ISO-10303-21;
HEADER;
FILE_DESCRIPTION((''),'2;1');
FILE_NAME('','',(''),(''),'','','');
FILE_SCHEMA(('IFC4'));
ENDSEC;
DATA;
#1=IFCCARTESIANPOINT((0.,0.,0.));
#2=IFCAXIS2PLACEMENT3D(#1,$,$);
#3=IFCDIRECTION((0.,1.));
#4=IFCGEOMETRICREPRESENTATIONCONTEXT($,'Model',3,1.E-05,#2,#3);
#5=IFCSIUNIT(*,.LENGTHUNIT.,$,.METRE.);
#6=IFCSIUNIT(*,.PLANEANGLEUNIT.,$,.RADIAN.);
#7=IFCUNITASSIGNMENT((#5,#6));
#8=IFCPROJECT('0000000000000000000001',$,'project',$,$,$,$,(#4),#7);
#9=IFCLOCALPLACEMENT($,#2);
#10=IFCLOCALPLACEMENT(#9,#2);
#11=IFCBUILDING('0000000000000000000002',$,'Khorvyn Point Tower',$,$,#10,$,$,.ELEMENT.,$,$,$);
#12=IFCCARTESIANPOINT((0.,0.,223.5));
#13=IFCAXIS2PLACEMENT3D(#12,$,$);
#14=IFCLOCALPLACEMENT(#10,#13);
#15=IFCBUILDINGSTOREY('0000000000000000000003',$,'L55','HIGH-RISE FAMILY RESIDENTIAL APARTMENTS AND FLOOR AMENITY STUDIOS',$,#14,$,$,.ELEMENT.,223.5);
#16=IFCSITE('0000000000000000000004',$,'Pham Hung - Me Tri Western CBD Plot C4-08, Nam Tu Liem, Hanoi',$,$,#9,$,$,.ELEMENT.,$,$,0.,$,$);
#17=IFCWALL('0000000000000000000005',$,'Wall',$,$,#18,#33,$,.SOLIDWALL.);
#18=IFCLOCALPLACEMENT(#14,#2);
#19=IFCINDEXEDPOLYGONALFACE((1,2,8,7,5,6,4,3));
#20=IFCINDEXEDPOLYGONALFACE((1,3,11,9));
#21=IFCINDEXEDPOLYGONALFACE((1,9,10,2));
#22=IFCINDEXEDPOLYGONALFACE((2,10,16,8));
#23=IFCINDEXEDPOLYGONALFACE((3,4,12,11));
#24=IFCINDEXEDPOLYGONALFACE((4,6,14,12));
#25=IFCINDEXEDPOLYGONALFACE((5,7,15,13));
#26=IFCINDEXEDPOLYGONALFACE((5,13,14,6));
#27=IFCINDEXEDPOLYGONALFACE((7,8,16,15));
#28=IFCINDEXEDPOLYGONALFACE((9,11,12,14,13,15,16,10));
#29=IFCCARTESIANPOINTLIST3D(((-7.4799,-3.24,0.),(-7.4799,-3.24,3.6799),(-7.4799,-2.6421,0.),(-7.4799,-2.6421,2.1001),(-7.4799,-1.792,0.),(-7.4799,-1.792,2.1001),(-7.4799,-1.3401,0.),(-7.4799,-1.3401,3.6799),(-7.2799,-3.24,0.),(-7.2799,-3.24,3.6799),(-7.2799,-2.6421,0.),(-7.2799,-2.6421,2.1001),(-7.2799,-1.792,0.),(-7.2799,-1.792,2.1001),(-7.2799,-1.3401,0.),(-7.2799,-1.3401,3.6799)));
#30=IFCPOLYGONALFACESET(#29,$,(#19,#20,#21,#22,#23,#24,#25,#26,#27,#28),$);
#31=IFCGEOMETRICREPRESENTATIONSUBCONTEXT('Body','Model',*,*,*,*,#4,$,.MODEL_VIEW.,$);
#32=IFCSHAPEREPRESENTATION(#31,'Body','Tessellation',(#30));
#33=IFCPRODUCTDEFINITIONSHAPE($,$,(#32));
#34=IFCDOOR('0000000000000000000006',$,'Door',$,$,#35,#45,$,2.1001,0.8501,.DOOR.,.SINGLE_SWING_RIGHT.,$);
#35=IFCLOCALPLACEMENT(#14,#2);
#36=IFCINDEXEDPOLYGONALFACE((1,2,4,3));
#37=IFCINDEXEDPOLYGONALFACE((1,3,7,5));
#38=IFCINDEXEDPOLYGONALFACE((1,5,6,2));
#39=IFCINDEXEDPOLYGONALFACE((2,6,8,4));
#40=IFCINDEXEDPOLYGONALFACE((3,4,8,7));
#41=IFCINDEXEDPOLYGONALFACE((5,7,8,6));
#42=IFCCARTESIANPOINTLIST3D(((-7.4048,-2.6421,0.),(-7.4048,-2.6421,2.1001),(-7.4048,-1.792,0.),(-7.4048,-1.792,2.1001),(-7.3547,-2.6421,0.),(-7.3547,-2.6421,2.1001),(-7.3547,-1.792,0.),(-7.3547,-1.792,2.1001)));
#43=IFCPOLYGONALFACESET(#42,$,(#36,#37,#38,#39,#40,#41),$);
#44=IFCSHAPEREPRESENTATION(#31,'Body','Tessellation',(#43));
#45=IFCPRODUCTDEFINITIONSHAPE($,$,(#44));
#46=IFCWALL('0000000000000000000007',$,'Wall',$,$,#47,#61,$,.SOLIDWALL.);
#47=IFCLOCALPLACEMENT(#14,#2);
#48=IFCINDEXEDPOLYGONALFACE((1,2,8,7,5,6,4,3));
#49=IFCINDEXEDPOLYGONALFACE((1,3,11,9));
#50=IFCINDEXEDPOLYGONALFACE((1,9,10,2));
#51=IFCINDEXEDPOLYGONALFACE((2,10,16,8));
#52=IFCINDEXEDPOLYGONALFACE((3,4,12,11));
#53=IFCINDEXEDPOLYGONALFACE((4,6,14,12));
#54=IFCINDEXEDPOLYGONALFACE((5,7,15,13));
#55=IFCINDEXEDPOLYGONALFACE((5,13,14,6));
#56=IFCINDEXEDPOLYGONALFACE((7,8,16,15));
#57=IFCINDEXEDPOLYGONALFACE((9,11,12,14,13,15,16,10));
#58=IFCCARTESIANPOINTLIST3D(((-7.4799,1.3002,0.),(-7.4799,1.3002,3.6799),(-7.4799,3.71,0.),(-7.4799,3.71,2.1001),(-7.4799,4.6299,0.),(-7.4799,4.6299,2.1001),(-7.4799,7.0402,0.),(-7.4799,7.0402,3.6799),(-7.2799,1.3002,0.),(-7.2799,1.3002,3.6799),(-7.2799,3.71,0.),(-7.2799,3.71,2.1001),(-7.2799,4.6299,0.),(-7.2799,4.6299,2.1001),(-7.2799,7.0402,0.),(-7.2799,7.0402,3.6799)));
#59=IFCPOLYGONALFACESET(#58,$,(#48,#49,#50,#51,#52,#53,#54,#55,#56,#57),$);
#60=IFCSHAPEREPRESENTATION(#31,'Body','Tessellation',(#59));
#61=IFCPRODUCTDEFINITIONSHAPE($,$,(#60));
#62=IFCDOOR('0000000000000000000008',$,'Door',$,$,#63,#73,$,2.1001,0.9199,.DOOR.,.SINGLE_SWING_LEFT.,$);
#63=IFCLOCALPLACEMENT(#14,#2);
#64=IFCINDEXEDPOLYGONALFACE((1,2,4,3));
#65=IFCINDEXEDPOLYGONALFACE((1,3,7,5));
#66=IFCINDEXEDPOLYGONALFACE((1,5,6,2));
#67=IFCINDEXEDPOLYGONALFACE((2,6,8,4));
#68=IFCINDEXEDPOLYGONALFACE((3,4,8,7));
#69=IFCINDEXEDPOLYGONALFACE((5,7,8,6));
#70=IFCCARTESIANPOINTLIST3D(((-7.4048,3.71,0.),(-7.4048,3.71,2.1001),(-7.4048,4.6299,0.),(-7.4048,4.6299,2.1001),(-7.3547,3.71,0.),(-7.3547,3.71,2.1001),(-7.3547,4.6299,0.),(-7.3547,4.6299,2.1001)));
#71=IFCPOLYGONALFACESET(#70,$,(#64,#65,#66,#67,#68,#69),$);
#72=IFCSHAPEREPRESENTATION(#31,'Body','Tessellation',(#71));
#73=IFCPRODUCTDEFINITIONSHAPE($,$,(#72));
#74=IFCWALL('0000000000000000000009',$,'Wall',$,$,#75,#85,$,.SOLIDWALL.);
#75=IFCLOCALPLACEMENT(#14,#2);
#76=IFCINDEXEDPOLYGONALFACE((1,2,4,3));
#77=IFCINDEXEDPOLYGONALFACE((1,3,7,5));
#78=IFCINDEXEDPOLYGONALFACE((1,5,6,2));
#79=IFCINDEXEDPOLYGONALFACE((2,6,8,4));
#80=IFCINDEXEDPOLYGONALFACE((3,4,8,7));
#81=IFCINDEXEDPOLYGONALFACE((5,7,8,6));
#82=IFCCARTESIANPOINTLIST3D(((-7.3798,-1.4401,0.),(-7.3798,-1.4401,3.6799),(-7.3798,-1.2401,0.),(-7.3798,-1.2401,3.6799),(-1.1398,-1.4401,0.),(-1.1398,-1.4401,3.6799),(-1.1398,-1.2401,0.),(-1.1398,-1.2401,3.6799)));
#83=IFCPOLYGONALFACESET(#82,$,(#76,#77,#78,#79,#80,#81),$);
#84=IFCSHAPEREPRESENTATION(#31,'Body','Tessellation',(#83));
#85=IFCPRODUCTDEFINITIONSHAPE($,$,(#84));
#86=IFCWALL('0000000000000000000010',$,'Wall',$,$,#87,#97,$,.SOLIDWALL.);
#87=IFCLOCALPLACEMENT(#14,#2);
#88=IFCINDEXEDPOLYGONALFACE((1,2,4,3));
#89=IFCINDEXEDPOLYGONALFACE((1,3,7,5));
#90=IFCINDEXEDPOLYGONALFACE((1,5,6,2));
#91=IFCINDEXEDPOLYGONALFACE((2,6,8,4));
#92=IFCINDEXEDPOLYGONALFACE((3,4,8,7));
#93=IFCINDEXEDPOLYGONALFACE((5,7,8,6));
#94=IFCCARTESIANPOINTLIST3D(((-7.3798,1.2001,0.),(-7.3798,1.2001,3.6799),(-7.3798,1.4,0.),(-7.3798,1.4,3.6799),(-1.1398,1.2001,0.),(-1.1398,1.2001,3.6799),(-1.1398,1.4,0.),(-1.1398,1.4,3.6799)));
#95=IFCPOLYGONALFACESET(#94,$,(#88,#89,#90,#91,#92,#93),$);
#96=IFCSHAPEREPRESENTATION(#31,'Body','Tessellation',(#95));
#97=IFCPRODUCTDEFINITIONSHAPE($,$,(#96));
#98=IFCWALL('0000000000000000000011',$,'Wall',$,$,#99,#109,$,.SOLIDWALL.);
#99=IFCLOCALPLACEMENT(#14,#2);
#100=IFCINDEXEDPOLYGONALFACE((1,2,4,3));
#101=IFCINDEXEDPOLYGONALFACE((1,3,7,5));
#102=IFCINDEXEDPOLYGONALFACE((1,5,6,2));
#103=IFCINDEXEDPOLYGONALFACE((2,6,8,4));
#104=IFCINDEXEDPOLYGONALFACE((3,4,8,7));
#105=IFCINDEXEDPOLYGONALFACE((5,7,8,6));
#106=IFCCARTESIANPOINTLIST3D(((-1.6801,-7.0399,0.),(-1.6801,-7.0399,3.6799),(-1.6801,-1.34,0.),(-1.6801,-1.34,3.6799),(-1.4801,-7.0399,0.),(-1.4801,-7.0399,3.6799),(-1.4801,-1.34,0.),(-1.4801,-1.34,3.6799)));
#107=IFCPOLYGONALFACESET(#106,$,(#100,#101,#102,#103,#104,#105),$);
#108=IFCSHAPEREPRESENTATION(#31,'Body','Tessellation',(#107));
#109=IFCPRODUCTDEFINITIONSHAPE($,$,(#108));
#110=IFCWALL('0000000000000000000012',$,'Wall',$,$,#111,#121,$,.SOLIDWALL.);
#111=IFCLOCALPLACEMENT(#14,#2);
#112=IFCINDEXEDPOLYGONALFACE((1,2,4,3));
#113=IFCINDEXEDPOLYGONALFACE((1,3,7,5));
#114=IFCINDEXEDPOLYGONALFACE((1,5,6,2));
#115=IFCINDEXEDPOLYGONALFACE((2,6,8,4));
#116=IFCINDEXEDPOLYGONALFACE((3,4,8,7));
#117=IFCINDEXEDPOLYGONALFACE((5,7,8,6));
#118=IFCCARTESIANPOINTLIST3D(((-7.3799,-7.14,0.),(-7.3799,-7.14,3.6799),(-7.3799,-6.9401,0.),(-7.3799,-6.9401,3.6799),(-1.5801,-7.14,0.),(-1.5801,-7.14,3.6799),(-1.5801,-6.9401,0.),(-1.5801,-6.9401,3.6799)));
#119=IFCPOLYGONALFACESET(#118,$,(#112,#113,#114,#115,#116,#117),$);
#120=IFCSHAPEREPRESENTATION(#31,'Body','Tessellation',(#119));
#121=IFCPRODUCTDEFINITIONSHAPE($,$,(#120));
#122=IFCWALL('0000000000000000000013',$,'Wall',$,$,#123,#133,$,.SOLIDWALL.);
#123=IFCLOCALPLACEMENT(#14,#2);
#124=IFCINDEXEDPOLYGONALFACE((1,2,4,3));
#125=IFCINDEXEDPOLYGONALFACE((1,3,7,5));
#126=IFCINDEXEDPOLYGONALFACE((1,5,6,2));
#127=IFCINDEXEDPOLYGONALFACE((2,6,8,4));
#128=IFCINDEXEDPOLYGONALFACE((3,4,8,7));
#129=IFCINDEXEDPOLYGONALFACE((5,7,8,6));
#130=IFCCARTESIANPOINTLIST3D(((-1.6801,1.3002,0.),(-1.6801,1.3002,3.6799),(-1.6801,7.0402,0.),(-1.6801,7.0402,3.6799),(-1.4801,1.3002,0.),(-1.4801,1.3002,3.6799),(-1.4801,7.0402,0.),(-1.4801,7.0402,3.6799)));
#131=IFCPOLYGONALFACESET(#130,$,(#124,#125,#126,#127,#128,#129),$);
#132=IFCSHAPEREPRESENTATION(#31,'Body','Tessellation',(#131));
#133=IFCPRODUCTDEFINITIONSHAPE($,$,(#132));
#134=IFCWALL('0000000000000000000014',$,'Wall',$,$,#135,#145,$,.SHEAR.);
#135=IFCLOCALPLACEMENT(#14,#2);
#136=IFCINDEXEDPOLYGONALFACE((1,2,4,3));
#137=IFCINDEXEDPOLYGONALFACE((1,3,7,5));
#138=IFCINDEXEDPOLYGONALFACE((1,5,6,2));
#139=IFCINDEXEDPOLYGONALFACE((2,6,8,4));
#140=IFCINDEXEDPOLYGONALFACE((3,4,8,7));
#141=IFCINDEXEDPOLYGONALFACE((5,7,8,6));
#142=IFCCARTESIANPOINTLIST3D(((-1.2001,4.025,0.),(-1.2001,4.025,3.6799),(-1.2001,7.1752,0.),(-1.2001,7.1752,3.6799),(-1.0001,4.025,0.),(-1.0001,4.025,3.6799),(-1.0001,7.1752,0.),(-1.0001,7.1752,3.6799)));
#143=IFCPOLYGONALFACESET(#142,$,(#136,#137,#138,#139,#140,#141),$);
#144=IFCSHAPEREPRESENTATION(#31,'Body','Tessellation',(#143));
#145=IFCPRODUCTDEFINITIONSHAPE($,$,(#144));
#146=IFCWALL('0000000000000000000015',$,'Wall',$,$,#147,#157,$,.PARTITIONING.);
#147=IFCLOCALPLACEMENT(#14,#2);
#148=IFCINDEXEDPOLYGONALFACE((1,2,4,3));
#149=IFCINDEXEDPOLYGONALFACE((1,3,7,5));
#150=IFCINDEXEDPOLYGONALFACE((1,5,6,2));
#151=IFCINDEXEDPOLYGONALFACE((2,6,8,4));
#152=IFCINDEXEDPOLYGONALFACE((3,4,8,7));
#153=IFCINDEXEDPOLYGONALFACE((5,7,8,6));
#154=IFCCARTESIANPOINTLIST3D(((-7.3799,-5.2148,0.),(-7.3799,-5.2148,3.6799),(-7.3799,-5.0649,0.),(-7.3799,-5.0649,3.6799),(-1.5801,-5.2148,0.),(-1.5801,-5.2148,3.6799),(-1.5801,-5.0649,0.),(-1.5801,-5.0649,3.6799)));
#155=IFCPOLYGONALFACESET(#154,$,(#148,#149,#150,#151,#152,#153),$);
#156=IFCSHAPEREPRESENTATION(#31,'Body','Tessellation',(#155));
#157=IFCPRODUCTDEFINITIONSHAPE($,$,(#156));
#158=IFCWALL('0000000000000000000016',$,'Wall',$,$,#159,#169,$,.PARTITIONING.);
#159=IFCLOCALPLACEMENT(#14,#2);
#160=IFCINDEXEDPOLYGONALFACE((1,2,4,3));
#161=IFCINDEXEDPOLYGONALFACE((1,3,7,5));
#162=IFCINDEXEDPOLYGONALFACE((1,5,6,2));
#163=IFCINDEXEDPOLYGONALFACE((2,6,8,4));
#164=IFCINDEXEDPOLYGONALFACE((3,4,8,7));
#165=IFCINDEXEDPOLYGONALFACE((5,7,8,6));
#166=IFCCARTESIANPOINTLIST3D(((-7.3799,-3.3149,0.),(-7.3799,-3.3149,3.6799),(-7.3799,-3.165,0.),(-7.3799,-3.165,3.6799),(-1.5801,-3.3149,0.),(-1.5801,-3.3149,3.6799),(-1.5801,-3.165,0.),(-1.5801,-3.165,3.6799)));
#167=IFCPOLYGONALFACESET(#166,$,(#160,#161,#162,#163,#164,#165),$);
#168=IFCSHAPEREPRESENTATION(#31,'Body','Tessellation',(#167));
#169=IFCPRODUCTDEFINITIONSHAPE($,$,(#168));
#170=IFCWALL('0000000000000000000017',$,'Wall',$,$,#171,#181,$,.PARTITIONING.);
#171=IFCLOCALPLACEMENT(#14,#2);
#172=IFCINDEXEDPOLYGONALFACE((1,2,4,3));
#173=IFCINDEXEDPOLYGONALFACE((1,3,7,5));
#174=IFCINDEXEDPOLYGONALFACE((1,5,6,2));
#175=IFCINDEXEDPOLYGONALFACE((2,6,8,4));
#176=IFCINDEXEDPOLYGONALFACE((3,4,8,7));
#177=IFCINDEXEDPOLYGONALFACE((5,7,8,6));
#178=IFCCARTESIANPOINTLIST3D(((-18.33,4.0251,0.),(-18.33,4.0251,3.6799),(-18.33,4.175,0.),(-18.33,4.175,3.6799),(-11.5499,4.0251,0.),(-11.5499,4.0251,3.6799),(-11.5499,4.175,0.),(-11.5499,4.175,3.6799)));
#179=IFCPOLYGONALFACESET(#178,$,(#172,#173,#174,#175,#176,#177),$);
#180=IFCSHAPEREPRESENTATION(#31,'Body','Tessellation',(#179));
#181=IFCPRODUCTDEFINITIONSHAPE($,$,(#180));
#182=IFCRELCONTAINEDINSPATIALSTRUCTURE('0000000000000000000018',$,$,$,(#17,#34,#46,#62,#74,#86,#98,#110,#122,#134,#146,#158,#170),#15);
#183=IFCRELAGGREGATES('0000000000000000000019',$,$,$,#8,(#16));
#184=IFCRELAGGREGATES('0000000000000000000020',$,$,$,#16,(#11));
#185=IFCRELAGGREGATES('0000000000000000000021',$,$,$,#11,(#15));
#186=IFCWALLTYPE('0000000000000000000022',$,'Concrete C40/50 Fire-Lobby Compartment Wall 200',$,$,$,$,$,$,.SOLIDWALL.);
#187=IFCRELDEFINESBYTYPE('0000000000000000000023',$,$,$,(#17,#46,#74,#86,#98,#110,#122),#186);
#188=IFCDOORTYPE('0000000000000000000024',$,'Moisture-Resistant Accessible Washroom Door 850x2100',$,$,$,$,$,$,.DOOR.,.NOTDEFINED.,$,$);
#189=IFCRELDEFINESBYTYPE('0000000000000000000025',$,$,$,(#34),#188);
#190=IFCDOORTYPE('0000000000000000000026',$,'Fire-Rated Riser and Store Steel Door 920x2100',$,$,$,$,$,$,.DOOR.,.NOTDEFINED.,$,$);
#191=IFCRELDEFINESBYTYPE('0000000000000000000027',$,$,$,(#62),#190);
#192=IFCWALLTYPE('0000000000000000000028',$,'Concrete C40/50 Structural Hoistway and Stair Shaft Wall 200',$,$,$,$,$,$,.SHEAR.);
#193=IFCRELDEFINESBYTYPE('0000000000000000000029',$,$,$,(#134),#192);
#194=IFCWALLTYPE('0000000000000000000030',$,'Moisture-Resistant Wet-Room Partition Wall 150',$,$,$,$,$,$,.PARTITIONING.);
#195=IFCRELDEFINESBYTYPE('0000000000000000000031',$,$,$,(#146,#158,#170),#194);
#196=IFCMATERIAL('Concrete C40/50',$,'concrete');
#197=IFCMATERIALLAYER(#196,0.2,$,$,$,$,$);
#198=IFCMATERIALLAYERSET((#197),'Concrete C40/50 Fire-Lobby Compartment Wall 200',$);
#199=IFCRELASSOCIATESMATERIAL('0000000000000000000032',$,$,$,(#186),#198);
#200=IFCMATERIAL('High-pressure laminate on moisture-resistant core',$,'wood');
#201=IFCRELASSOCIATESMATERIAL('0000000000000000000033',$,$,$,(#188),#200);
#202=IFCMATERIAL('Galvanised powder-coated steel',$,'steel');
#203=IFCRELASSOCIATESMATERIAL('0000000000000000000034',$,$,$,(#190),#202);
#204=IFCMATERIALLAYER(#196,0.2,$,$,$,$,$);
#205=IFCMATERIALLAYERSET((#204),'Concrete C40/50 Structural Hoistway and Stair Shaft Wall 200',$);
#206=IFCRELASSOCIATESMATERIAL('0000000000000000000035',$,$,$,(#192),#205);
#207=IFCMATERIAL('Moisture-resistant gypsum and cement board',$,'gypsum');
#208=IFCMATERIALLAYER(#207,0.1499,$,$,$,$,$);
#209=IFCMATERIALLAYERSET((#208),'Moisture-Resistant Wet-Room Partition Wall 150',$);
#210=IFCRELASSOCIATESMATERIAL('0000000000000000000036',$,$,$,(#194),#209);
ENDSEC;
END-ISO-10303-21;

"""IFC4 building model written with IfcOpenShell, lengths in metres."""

from ifc_helpers import new_model, si_unit, direction, frame, frame_2d, origin, place, context, subcontext, project, spatial, rectangle, extrude, material, layer, layer_set, type_object, element, fill, save


model = new_model("IFC4")

# Units and contexts
model_context = context("Model", 3, precision=1e-05, world=origin(), true_north=direction((0.0, 1.0)))
body_context = subcontext(model_context, "Body", "Model", "MODEL_VIEW")
ifc_project = project(units=[si_unit("LENGTHUNIT", "METRE"), si_unit("PLANEANGLEUNIT", "RADIAN")], contexts=[model_context])

# Site, building, storey
site_placement = place(None, origin())
site = spatial("IfcSite", under=ifc_project, at=site_placement, Name="Pham Hung - Me Tri Western CBD Plot C4-08, Nam Tu Liem, Hanoi", CompositionType="ELEMENT", RefElevation=0.0)
building_placement = place(site_placement, origin())
building = spatial("IfcBuilding", under=site, at=building_placement, Name="Khorvyn Point Tower", CompositionType="ELEMENT")
storey_placement = place(building_placement, frame((0.0, 0.0, 223.5)))
storey = spatial("IfcBuildingStorey", under=building, at=storey_placement, Name="L55", Description="HIGH-RISE FAMILY RESIDENTIAL APARTMENTS AND FLOOR AMENITY STUDIOS", CompositionType="ELEMENT", Elevation=223.5)

# Shared definitions
ifc_material_1 = material(Name="Concrete C40/50", Category="concrete")

# Walls, openings, doors
ifc_layer_1 = layer(ifc_material_1, 0.2)
ifc_layer_set_1 = layer_set([ifc_layer_1], Name="Concrete C40/50 Fire-Lobby Compartment Wall 200")
wall_type_1 = type_object("IfcWallType", Name="Concrete C40/50 Fire-Lobby Compartment Wall 200", PredefinedType="SOLIDWALL", material=ifc_layer_set_1)
ifc_material_2 = material(Name="High-pressure laminate on moisture-resistant core", Category="wood")
door_type_1 = type_object("IfcDoorType", Name="Moisture-Resistant Accessible Washroom Door 850x2100", OperationType="NOTDEFINED", PredefinedType="DOOR", material=ifc_material_2)
wall_1_placement = place(storey_placement, frame((-7.3799, -3.24, 0.0), z_axis=(0.0, 0.0, 1.0), x_axis=(0.0, 1.0, 0.0)))
wall_1 = element("IfcWall", 1, at=wall_1_placement, inside=storey, type_object=wall_type_1, Name="Wall", PredefinedType="SOLIDWALL", context=body_context, shape_type="SweptSolid", body=[
    extrude(rectangle(XDim=1.8999, YDim=0.2, at=frame_2d((0.95, 0.0))), origin(), (0.0, 0.0, 1.0), 3.6799),
])
opening_1_placement = place(wall_1_placement, frame((0.5979, 0.0, 0.0)))
opening_1 = element("IfcOpeningElement", 2, at=opening_1_placement, cuts=wall_1, PredefinedType="OPENING", context=body_context, shape_type="SweptSolid", body=[
    extrude(rectangle(XDim=0.8501, YDim=2.1001, at=frame_2d((0.425, 1.05))), frame((0.0, 0.1099, 0.0), z_axis=(0.0, -1.0, 0.0), x_axis=(1.0, 0.0, 0.0)), (0.0, 0.0, 1.0), 0.22),
])
door_1_placement = place(opening_1_placement, origin())
door_1 = element("IfcDoor", 3, at=door_1_placement, inside=storey, type_object=door_type_1, Name="Door", OperationType="SINGLE_SWING_RIGHT", OverallHeight=2.1001, OverallWidth=0.8501, PredefinedType="DOOR", context=body_context, shape_type="SweptSolid", body=[
    extrude(rectangle(XDim=0.8501, YDim=2.1001, at=frame_2d((0.425, 1.05))), frame((0.0, 0.0249, 0.0), z_axis=(0.0, -1.0, 0.0), x_axis=(1.0, 0.0, 0.0)), (0.0, 0.0, 1.0), 0.05),
])
fill(opening_1, door_1)
wall_2_placement = place(storey_placement, frame((-7.3799, 1.3, 0.0), z_axis=(0.0, 0.0, 1.0), x_axis=(0.0, 1.0, 0.0)))
wall_2 = element("IfcWall", 4, at=wall_2_placement, inside=storey, type_object=wall_type_1, Name="Wall", PredefinedType="SOLIDWALL", context=body_context, shape_type="SweptSolid", body=[
    extrude(rectangle(XDim=5.74, YDim=0.2, at=frame_2d((2.8701, 0.0))), origin(), (0.0, 0.0, 1.0), 3.6799),
])
opening_2_placement = place(wall_2_placement, frame((2.4099, 0.0, 0.0)))
opening_2 = element("IfcOpeningElement", 5, at=opening_2_placement, cuts=wall_2, PredefinedType="OPENING", context=body_context, shape_type="SweptSolid", body=[
    extrude(rectangle(XDim=0.9199, YDim=2.1001, at=frame_2d((0.46, 1.05))), frame((0.0, 0.1099, 0.0), z_axis=(0.0, -1.0, 0.0), x_axis=(1.0, 0.0, 0.0)), (0.0, 0.0, 1.0), 0.22),
])
ifc_material_3 = material(Name="Galvanised powder-coated steel", Category="steel")
door_type_2 = type_object("IfcDoorType", Name="Fire-Rated Riser and Store Steel Door 920x2100", OperationType="NOTDEFINED", PredefinedType="DOOR", material=ifc_material_3)
door_2_placement = place(opening_2_placement, origin())
door_2 = element("IfcDoor", 6, at=door_2_placement, inside=storey, type_object=door_type_2, Name="Door", OperationType="SINGLE_SWING_LEFT", OverallHeight=2.1001, OverallWidth=0.9199, PredefinedType="DOOR", context=body_context, shape_type="SweptSolid", body=[
    extrude(rectangle(XDim=0.9199, YDim=2.1001, at=frame_2d((0.46, 1.05))), frame((0.0, 0.0249, 0.0), z_axis=(0.0, -1.0, 0.0), x_axis=(1.0, 0.0, 0.0)), (0.0, 0.0, 1.0), 0.05),
])
fill(opening_2, door_2)

# Walls
for number, where, z_axis, x_axis, name in (
    (7, (-7.3799, -1.3401, 0.0), (0.0, 0.0, 1.0), (1.0, 0.0, 0.0), "Wall"),
    (8, (-7.3799, 1.3, 0.0), (0.0, 0.0, 1.0), (1.0, 0.0, 0.0), "Wall"),
):
    element("IfcWall", number, at=place(storey_placement, frame(where, z_axis=z_axis, x_axis=x_axis)), inside=storey, type_object=wall_type_1, Name=name, PredefinedType="SOLIDWALL", context=body_context, shape_type="SweptSolid", body=[
        extrude(rectangle(XDim=6.24, YDim=0.2, at=frame_2d((3.1201, 0.0))), origin(), (0.0, 0.0, 1.0), 3.6799),
    ])
wall_3_placement = place(storey_placement, frame((-1.5801, -7.04, 0.0), z_axis=(0.0, 0.0, 1.0), x_axis=(0.0, 1.0, 0.0)))
element("IfcWall", 9, at=wall_3_placement, inside=storey, type_object=wall_type_1, Name="Wall", PredefinedType="SOLIDWALL", context=body_context, shape_type="SweptSolid", body=[
    extrude(rectangle(XDim=5.7, YDim=0.2, at=frame_2d((2.8501, 0.0))), origin(), (0.0, 0.0, 1.0), 3.6799),
])
wall_4_placement = place(storey_placement, frame((-7.3799, -7.04, 0.0), z_axis=(0.0, 0.0, 1.0), x_axis=(1.0, 0.0, 0.0)))
element("IfcWall", 10, at=wall_4_placement, inside=storey, type_object=wall_type_1, Name="Wall", PredefinedType="SOLIDWALL", context=body_context, shape_type="SweptSolid", body=[
    extrude(rectangle(XDim=5.7998, YDim=0.2, at=frame_2d((2.8999, 0.0))), origin(), (0.0, 0.0, 1.0), 3.6799),
])
wall_5_placement = place(storey_placement, frame((-1.5801, 1.3, 0.0), z_axis=(0.0, 0.0, 1.0), x_axis=(0.0, 1.0, 0.0)))
element("IfcWall", 11, at=wall_5_placement, inside=storey, type_object=wall_type_1, Name="Wall", PredefinedType="SOLIDWALL", context=body_context, shape_type="SweptSolid", body=[
    extrude(rectangle(XDim=5.74, YDim=0.2, at=frame_2d((2.8701, 0.0))), origin(), (0.0, 0.0, 1.0), 3.6799),
])
ifc_layer_2 = layer(ifc_material_1, 0.2)
ifc_layer_set_2 = layer_set([ifc_layer_2], Name="Concrete C40/50 Structural Hoistway and Stair Shaft Wall 200")
wall_type_2 = type_object("IfcWallType", Name="Concrete C40/50 Structural Hoistway and Stair Shaft Wall 200", PredefinedType="SHEAR", material=ifc_layer_set_2)
wall_6_placement = place(storey_placement, frame((-1.1001, 4.0249, 0.0), z_axis=(0.0, 0.0, 1.0), x_axis=(0.0, 1.0, 0.0)))
element("IfcWall", 12, at=wall_6_placement, inside=storey, type_object=wall_type_2, Name="Wall", PredefinedType="SHEAR", context=body_context, shape_type="SweptSolid", body=[
    extrude(rectangle(XDim=3.1501, YDim=0.2, at=frame_2d((1.5752, 0.0))), origin(), (0.0, 0.0, 1.0), 3.6799),
])
ifc_material_4 = material(Name="Moisture-resistant gypsum and cement board", Category="gypsum")
ifc_layer_3 = layer(ifc_material_4, 0.1499)
ifc_layer_set_3 = layer_set([ifc_layer_3], Name="Moisture-Resistant Wet-Room Partition Wall 150")
wall_type_3 = type_object("IfcWallType", Name="Moisture-Resistant Wet-Room Partition Wall 150", PredefinedType="PARTITIONING", material=ifc_layer_set_3)
for number, where, z_axis, x_axis, name in (
    (13, (-7.3799, -5.1399, 0.0), (0.0, 0.0, 1.0), (1.0, 0.0, 0.0), "Wall"),
    (14, (-7.3799, -3.24, 0.0), (0.0, 0.0, 1.0), (1.0, 0.0, 0.0), "Wall"),
):
    element("IfcWall", number, at=place(storey_placement, frame(where, z_axis=z_axis, x_axis=x_axis)), inside=storey, type_object=wall_type_3, Name=name, PredefinedType="PARTITIONING", context=body_context, shape_type="SweptSolid", body=[
        extrude(rectangle(XDim=5.7998, YDim=0.1499, at=frame_2d((2.8999, 0.0))), origin(), (0.0, 0.0, 1.0), 3.6799),
    ])
wall_7_placement = place(storey_placement, frame((-18.3301, 4.1001, 0.0), z_axis=(0.0, 0.0, 1.0), x_axis=(1.0, 0.0, 0.0)))
element("IfcWall", 15, at=wall_7_placement, inside=storey, type_object=wall_type_3, Name="Wall", PredefinedType="PARTITIONING", context=body_context, shape_type="SweptSolid", body=[
    extrude(rectangle(XDim=6.78, YDim=0.1499, at=frame_2d((3.3901, 0.0))), origin(), (0.0, 0.0, 1.0), 3.6799),
])

save(model, "model.ifc")
